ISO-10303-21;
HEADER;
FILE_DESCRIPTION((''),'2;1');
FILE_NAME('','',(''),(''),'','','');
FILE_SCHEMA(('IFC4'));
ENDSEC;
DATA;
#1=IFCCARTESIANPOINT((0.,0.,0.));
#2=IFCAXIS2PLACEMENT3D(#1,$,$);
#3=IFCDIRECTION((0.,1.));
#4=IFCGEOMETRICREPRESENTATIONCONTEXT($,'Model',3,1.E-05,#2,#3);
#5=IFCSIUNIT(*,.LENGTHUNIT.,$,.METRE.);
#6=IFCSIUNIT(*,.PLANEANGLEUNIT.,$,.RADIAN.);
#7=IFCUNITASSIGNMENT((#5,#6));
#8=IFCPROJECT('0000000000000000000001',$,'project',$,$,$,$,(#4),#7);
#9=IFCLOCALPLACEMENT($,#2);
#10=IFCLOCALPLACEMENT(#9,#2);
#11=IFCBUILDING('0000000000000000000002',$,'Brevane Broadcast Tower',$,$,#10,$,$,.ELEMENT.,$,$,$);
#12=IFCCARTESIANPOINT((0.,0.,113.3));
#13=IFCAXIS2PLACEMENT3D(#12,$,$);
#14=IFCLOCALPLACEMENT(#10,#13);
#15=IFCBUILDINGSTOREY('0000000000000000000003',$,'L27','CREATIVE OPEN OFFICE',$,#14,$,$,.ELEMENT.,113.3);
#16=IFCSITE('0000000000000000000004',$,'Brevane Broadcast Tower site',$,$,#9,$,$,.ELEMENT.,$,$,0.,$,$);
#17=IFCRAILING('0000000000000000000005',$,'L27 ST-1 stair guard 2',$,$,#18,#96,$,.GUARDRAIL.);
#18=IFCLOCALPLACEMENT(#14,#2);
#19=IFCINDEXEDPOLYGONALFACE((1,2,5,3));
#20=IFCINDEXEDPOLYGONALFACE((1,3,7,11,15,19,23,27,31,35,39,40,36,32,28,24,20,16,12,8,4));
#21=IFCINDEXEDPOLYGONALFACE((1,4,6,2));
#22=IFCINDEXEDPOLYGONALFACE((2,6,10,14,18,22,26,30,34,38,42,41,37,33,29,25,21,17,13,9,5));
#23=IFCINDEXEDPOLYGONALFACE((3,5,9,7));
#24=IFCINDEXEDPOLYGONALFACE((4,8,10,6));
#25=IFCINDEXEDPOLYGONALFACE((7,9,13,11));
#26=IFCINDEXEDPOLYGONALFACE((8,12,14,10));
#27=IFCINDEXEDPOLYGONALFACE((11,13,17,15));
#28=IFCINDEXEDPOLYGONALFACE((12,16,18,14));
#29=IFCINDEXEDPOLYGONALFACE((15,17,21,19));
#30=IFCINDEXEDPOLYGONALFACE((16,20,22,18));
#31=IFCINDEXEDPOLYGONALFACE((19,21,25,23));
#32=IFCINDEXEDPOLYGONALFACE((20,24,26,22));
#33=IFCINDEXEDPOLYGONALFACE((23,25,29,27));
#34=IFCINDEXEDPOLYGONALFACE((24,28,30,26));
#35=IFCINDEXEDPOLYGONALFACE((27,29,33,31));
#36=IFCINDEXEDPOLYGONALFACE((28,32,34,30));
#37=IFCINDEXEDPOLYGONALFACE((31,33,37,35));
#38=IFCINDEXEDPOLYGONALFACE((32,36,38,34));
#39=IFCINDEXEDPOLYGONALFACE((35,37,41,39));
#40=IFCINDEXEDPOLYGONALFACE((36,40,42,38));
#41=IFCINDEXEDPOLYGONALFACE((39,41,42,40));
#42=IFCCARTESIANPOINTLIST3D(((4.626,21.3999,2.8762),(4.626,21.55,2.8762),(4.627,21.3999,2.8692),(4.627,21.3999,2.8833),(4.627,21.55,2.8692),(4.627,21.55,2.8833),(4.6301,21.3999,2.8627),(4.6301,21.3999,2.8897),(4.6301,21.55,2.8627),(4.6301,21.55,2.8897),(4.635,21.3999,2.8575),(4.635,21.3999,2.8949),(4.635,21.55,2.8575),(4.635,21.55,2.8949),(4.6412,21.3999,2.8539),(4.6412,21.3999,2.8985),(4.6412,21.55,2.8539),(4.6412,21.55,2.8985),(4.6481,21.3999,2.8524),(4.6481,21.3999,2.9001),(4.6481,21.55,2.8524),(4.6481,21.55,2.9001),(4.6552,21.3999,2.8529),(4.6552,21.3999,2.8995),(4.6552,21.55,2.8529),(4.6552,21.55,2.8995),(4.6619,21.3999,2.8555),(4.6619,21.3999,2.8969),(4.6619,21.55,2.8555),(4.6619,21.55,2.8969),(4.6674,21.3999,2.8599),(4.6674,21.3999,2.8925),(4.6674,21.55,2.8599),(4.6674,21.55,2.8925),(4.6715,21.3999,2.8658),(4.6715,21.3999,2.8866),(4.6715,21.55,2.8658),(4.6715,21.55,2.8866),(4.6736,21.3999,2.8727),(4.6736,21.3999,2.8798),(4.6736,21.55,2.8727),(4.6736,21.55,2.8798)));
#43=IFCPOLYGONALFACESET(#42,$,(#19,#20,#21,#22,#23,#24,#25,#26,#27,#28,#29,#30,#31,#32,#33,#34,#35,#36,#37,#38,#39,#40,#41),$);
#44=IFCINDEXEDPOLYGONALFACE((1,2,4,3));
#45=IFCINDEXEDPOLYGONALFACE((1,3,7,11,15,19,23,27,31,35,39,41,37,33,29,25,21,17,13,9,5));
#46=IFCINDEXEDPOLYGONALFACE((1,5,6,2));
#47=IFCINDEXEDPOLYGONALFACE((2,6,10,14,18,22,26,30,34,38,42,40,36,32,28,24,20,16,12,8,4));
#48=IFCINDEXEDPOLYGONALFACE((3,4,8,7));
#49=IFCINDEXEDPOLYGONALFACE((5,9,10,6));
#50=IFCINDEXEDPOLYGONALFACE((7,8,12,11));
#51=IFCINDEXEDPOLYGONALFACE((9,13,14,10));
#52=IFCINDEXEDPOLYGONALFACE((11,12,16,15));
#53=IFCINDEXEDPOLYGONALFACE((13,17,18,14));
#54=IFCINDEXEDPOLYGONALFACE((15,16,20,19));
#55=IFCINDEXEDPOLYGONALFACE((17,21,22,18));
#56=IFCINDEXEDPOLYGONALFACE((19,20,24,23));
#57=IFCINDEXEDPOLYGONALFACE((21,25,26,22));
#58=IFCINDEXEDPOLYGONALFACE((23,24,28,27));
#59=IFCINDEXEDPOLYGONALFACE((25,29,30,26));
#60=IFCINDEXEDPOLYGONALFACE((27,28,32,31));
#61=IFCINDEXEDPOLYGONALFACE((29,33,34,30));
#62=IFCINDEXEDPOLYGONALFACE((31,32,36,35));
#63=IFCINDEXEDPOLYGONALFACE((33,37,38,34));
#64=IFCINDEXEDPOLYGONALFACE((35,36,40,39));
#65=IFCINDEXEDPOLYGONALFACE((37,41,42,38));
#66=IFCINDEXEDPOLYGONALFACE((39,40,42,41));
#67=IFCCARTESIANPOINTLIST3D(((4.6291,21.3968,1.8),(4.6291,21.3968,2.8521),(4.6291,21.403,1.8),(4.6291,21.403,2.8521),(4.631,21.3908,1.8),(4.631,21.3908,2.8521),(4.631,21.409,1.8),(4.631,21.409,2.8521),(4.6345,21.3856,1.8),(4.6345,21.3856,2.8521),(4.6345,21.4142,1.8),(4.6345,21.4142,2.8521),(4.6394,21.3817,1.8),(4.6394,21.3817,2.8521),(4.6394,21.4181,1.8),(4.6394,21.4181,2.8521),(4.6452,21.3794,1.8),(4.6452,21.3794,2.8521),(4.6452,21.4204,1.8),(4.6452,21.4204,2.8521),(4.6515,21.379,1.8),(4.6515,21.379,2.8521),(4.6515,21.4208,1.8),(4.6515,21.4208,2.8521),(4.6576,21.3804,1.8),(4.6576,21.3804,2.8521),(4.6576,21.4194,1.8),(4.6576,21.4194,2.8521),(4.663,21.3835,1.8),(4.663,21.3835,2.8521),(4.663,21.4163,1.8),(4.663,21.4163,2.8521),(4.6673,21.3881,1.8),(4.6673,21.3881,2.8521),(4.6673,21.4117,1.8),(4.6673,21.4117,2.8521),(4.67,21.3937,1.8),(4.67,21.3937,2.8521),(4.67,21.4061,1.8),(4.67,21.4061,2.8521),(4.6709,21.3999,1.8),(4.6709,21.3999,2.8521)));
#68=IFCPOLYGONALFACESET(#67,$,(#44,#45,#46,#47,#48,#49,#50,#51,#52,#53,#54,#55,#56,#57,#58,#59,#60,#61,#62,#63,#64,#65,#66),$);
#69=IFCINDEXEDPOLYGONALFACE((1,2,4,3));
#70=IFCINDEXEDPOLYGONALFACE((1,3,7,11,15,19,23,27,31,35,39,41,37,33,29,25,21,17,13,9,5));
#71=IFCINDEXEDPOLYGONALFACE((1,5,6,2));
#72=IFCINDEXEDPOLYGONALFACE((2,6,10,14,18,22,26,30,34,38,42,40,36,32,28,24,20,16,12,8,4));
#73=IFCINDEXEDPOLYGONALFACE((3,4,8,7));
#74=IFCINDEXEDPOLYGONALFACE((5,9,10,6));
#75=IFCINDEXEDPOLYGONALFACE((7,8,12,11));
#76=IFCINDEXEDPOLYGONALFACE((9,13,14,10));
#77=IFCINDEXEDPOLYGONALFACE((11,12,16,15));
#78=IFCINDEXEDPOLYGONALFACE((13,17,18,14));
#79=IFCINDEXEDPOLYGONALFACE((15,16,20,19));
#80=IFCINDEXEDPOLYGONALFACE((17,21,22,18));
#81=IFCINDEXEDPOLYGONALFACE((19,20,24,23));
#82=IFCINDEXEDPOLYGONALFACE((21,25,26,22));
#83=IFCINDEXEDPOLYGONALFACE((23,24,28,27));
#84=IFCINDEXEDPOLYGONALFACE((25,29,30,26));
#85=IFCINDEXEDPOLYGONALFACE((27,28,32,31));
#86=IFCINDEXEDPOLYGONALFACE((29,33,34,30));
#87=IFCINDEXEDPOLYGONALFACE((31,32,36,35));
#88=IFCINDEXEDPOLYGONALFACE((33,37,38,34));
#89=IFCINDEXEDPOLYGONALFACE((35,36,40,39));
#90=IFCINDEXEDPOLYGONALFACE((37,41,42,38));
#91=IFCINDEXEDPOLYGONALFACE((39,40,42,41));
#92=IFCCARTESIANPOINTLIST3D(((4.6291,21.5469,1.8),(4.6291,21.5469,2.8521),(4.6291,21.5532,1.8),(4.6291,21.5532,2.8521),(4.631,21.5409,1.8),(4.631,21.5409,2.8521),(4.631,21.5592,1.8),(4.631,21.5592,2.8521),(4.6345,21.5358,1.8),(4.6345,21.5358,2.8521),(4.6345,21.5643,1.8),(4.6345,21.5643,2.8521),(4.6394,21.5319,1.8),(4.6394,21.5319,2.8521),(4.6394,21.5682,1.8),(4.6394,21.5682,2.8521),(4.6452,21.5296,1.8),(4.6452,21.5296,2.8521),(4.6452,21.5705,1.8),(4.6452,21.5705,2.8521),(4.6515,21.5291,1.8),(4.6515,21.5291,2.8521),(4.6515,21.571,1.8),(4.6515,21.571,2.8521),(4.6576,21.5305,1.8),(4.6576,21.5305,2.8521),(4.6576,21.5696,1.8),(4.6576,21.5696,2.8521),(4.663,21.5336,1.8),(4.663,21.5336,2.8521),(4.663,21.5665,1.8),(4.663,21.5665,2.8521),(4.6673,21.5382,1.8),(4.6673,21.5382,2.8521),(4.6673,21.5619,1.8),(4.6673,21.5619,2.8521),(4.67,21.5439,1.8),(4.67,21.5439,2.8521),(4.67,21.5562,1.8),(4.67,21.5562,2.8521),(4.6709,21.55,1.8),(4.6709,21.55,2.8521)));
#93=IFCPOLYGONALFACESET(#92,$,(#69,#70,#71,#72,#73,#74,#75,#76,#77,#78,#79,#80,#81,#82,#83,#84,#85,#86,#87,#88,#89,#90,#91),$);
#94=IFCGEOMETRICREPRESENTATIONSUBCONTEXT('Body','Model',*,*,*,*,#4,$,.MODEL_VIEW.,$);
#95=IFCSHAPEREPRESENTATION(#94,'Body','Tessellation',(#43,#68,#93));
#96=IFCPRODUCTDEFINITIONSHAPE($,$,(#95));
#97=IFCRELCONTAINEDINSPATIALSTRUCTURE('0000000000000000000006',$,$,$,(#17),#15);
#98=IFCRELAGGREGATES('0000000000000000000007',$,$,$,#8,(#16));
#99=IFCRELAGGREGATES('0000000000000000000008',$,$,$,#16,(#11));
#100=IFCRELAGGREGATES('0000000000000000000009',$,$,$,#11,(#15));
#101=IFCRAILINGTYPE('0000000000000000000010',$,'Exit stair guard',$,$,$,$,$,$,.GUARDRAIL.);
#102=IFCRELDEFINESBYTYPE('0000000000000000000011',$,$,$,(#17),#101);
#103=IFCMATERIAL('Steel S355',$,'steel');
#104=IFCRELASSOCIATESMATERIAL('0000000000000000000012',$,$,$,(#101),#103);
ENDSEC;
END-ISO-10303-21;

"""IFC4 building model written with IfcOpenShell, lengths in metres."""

from ifc_helpers import new_model, si_unit, direction, frame, origin, origin_2d, place, context, subcontext, project, spatial, circle, extrude, material, type_object, element, save


model = new_model("IFC4")

# Units and contexts
model_context = context("Model", 3, precision=1e-05, world=origin(), true_north=direction((0.0, 1.0)))
body_context = subcontext(model_context, "Body", "Model", "MODEL_VIEW")
ifc_project = project(units=[si_unit("LENGTHUNIT", "METRE"), si_unit("PLANEANGLEUNIT", "RADIAN")], contexts=[model_context])

# Site, building, storey
site_placement = place(None, origin())
site = spatial("IfcSite", under=ifc_project, at=site_placement, Name="Brevane Broadcast Tower site", CompositionType="ELEMENT", RefElevation=0.0)
building_placement = place(site_placement, origin())
building = spatial("IfcBuilding", under=site, at=building_placement, Name="Brevane Broadcast Tower", CompositionType="ELEMENT")
storey_placement = place(building_placement, frame((0.0, 0.0, 113.3)))
storey = spatial("IfcBuildingStorey", under=building, at=storey_placement, Name="L27", Description="CREATIVE OPEN OFFICE", CompositionType="ELEMENT", Elevation=113.3)

# Railing
ifc_material_1 = material(Name="Steel S355", Category="steel")
railing_type_1 = type_object("IfcRailingType", Name="Exit stair guard", PredefinedType="GUARDRAIL", material=ifc_material_1)
railing_1_placement = place(storey_placement, frame((4.6499, 21.3999, 1.8)))
element("IfcRailing", 1, at=railing_1_placement, inside=storey, type_object=railing_type_1, Name="L27 ST-1 stair guard 2", PredefinedType="GUARDRAIL", context=body_context, shape_type="SweptSolid", body=[
    extrude(circle(Radius=0.0239, at=origin_2d()), frame((0.0, 0.0, 1.0762), z_axis=(0.0, 1.0, 0.0), x_axis=(-1.0, 0.0, 0.0)), (0.0, 0.0, 1.0), 0.1501),
    extrude(circle(Radius=0.021, at=origin_2d()), origin(), (0.0, 0.0, 1.0), 1.052),
    extrude(circle(Radius=0.021, at=origin_2d()), frame((0.0, 0.1501, 0.0)), (0.0, 0.0, 1.0), 1.052),
])

save(model, "model.ifc")
